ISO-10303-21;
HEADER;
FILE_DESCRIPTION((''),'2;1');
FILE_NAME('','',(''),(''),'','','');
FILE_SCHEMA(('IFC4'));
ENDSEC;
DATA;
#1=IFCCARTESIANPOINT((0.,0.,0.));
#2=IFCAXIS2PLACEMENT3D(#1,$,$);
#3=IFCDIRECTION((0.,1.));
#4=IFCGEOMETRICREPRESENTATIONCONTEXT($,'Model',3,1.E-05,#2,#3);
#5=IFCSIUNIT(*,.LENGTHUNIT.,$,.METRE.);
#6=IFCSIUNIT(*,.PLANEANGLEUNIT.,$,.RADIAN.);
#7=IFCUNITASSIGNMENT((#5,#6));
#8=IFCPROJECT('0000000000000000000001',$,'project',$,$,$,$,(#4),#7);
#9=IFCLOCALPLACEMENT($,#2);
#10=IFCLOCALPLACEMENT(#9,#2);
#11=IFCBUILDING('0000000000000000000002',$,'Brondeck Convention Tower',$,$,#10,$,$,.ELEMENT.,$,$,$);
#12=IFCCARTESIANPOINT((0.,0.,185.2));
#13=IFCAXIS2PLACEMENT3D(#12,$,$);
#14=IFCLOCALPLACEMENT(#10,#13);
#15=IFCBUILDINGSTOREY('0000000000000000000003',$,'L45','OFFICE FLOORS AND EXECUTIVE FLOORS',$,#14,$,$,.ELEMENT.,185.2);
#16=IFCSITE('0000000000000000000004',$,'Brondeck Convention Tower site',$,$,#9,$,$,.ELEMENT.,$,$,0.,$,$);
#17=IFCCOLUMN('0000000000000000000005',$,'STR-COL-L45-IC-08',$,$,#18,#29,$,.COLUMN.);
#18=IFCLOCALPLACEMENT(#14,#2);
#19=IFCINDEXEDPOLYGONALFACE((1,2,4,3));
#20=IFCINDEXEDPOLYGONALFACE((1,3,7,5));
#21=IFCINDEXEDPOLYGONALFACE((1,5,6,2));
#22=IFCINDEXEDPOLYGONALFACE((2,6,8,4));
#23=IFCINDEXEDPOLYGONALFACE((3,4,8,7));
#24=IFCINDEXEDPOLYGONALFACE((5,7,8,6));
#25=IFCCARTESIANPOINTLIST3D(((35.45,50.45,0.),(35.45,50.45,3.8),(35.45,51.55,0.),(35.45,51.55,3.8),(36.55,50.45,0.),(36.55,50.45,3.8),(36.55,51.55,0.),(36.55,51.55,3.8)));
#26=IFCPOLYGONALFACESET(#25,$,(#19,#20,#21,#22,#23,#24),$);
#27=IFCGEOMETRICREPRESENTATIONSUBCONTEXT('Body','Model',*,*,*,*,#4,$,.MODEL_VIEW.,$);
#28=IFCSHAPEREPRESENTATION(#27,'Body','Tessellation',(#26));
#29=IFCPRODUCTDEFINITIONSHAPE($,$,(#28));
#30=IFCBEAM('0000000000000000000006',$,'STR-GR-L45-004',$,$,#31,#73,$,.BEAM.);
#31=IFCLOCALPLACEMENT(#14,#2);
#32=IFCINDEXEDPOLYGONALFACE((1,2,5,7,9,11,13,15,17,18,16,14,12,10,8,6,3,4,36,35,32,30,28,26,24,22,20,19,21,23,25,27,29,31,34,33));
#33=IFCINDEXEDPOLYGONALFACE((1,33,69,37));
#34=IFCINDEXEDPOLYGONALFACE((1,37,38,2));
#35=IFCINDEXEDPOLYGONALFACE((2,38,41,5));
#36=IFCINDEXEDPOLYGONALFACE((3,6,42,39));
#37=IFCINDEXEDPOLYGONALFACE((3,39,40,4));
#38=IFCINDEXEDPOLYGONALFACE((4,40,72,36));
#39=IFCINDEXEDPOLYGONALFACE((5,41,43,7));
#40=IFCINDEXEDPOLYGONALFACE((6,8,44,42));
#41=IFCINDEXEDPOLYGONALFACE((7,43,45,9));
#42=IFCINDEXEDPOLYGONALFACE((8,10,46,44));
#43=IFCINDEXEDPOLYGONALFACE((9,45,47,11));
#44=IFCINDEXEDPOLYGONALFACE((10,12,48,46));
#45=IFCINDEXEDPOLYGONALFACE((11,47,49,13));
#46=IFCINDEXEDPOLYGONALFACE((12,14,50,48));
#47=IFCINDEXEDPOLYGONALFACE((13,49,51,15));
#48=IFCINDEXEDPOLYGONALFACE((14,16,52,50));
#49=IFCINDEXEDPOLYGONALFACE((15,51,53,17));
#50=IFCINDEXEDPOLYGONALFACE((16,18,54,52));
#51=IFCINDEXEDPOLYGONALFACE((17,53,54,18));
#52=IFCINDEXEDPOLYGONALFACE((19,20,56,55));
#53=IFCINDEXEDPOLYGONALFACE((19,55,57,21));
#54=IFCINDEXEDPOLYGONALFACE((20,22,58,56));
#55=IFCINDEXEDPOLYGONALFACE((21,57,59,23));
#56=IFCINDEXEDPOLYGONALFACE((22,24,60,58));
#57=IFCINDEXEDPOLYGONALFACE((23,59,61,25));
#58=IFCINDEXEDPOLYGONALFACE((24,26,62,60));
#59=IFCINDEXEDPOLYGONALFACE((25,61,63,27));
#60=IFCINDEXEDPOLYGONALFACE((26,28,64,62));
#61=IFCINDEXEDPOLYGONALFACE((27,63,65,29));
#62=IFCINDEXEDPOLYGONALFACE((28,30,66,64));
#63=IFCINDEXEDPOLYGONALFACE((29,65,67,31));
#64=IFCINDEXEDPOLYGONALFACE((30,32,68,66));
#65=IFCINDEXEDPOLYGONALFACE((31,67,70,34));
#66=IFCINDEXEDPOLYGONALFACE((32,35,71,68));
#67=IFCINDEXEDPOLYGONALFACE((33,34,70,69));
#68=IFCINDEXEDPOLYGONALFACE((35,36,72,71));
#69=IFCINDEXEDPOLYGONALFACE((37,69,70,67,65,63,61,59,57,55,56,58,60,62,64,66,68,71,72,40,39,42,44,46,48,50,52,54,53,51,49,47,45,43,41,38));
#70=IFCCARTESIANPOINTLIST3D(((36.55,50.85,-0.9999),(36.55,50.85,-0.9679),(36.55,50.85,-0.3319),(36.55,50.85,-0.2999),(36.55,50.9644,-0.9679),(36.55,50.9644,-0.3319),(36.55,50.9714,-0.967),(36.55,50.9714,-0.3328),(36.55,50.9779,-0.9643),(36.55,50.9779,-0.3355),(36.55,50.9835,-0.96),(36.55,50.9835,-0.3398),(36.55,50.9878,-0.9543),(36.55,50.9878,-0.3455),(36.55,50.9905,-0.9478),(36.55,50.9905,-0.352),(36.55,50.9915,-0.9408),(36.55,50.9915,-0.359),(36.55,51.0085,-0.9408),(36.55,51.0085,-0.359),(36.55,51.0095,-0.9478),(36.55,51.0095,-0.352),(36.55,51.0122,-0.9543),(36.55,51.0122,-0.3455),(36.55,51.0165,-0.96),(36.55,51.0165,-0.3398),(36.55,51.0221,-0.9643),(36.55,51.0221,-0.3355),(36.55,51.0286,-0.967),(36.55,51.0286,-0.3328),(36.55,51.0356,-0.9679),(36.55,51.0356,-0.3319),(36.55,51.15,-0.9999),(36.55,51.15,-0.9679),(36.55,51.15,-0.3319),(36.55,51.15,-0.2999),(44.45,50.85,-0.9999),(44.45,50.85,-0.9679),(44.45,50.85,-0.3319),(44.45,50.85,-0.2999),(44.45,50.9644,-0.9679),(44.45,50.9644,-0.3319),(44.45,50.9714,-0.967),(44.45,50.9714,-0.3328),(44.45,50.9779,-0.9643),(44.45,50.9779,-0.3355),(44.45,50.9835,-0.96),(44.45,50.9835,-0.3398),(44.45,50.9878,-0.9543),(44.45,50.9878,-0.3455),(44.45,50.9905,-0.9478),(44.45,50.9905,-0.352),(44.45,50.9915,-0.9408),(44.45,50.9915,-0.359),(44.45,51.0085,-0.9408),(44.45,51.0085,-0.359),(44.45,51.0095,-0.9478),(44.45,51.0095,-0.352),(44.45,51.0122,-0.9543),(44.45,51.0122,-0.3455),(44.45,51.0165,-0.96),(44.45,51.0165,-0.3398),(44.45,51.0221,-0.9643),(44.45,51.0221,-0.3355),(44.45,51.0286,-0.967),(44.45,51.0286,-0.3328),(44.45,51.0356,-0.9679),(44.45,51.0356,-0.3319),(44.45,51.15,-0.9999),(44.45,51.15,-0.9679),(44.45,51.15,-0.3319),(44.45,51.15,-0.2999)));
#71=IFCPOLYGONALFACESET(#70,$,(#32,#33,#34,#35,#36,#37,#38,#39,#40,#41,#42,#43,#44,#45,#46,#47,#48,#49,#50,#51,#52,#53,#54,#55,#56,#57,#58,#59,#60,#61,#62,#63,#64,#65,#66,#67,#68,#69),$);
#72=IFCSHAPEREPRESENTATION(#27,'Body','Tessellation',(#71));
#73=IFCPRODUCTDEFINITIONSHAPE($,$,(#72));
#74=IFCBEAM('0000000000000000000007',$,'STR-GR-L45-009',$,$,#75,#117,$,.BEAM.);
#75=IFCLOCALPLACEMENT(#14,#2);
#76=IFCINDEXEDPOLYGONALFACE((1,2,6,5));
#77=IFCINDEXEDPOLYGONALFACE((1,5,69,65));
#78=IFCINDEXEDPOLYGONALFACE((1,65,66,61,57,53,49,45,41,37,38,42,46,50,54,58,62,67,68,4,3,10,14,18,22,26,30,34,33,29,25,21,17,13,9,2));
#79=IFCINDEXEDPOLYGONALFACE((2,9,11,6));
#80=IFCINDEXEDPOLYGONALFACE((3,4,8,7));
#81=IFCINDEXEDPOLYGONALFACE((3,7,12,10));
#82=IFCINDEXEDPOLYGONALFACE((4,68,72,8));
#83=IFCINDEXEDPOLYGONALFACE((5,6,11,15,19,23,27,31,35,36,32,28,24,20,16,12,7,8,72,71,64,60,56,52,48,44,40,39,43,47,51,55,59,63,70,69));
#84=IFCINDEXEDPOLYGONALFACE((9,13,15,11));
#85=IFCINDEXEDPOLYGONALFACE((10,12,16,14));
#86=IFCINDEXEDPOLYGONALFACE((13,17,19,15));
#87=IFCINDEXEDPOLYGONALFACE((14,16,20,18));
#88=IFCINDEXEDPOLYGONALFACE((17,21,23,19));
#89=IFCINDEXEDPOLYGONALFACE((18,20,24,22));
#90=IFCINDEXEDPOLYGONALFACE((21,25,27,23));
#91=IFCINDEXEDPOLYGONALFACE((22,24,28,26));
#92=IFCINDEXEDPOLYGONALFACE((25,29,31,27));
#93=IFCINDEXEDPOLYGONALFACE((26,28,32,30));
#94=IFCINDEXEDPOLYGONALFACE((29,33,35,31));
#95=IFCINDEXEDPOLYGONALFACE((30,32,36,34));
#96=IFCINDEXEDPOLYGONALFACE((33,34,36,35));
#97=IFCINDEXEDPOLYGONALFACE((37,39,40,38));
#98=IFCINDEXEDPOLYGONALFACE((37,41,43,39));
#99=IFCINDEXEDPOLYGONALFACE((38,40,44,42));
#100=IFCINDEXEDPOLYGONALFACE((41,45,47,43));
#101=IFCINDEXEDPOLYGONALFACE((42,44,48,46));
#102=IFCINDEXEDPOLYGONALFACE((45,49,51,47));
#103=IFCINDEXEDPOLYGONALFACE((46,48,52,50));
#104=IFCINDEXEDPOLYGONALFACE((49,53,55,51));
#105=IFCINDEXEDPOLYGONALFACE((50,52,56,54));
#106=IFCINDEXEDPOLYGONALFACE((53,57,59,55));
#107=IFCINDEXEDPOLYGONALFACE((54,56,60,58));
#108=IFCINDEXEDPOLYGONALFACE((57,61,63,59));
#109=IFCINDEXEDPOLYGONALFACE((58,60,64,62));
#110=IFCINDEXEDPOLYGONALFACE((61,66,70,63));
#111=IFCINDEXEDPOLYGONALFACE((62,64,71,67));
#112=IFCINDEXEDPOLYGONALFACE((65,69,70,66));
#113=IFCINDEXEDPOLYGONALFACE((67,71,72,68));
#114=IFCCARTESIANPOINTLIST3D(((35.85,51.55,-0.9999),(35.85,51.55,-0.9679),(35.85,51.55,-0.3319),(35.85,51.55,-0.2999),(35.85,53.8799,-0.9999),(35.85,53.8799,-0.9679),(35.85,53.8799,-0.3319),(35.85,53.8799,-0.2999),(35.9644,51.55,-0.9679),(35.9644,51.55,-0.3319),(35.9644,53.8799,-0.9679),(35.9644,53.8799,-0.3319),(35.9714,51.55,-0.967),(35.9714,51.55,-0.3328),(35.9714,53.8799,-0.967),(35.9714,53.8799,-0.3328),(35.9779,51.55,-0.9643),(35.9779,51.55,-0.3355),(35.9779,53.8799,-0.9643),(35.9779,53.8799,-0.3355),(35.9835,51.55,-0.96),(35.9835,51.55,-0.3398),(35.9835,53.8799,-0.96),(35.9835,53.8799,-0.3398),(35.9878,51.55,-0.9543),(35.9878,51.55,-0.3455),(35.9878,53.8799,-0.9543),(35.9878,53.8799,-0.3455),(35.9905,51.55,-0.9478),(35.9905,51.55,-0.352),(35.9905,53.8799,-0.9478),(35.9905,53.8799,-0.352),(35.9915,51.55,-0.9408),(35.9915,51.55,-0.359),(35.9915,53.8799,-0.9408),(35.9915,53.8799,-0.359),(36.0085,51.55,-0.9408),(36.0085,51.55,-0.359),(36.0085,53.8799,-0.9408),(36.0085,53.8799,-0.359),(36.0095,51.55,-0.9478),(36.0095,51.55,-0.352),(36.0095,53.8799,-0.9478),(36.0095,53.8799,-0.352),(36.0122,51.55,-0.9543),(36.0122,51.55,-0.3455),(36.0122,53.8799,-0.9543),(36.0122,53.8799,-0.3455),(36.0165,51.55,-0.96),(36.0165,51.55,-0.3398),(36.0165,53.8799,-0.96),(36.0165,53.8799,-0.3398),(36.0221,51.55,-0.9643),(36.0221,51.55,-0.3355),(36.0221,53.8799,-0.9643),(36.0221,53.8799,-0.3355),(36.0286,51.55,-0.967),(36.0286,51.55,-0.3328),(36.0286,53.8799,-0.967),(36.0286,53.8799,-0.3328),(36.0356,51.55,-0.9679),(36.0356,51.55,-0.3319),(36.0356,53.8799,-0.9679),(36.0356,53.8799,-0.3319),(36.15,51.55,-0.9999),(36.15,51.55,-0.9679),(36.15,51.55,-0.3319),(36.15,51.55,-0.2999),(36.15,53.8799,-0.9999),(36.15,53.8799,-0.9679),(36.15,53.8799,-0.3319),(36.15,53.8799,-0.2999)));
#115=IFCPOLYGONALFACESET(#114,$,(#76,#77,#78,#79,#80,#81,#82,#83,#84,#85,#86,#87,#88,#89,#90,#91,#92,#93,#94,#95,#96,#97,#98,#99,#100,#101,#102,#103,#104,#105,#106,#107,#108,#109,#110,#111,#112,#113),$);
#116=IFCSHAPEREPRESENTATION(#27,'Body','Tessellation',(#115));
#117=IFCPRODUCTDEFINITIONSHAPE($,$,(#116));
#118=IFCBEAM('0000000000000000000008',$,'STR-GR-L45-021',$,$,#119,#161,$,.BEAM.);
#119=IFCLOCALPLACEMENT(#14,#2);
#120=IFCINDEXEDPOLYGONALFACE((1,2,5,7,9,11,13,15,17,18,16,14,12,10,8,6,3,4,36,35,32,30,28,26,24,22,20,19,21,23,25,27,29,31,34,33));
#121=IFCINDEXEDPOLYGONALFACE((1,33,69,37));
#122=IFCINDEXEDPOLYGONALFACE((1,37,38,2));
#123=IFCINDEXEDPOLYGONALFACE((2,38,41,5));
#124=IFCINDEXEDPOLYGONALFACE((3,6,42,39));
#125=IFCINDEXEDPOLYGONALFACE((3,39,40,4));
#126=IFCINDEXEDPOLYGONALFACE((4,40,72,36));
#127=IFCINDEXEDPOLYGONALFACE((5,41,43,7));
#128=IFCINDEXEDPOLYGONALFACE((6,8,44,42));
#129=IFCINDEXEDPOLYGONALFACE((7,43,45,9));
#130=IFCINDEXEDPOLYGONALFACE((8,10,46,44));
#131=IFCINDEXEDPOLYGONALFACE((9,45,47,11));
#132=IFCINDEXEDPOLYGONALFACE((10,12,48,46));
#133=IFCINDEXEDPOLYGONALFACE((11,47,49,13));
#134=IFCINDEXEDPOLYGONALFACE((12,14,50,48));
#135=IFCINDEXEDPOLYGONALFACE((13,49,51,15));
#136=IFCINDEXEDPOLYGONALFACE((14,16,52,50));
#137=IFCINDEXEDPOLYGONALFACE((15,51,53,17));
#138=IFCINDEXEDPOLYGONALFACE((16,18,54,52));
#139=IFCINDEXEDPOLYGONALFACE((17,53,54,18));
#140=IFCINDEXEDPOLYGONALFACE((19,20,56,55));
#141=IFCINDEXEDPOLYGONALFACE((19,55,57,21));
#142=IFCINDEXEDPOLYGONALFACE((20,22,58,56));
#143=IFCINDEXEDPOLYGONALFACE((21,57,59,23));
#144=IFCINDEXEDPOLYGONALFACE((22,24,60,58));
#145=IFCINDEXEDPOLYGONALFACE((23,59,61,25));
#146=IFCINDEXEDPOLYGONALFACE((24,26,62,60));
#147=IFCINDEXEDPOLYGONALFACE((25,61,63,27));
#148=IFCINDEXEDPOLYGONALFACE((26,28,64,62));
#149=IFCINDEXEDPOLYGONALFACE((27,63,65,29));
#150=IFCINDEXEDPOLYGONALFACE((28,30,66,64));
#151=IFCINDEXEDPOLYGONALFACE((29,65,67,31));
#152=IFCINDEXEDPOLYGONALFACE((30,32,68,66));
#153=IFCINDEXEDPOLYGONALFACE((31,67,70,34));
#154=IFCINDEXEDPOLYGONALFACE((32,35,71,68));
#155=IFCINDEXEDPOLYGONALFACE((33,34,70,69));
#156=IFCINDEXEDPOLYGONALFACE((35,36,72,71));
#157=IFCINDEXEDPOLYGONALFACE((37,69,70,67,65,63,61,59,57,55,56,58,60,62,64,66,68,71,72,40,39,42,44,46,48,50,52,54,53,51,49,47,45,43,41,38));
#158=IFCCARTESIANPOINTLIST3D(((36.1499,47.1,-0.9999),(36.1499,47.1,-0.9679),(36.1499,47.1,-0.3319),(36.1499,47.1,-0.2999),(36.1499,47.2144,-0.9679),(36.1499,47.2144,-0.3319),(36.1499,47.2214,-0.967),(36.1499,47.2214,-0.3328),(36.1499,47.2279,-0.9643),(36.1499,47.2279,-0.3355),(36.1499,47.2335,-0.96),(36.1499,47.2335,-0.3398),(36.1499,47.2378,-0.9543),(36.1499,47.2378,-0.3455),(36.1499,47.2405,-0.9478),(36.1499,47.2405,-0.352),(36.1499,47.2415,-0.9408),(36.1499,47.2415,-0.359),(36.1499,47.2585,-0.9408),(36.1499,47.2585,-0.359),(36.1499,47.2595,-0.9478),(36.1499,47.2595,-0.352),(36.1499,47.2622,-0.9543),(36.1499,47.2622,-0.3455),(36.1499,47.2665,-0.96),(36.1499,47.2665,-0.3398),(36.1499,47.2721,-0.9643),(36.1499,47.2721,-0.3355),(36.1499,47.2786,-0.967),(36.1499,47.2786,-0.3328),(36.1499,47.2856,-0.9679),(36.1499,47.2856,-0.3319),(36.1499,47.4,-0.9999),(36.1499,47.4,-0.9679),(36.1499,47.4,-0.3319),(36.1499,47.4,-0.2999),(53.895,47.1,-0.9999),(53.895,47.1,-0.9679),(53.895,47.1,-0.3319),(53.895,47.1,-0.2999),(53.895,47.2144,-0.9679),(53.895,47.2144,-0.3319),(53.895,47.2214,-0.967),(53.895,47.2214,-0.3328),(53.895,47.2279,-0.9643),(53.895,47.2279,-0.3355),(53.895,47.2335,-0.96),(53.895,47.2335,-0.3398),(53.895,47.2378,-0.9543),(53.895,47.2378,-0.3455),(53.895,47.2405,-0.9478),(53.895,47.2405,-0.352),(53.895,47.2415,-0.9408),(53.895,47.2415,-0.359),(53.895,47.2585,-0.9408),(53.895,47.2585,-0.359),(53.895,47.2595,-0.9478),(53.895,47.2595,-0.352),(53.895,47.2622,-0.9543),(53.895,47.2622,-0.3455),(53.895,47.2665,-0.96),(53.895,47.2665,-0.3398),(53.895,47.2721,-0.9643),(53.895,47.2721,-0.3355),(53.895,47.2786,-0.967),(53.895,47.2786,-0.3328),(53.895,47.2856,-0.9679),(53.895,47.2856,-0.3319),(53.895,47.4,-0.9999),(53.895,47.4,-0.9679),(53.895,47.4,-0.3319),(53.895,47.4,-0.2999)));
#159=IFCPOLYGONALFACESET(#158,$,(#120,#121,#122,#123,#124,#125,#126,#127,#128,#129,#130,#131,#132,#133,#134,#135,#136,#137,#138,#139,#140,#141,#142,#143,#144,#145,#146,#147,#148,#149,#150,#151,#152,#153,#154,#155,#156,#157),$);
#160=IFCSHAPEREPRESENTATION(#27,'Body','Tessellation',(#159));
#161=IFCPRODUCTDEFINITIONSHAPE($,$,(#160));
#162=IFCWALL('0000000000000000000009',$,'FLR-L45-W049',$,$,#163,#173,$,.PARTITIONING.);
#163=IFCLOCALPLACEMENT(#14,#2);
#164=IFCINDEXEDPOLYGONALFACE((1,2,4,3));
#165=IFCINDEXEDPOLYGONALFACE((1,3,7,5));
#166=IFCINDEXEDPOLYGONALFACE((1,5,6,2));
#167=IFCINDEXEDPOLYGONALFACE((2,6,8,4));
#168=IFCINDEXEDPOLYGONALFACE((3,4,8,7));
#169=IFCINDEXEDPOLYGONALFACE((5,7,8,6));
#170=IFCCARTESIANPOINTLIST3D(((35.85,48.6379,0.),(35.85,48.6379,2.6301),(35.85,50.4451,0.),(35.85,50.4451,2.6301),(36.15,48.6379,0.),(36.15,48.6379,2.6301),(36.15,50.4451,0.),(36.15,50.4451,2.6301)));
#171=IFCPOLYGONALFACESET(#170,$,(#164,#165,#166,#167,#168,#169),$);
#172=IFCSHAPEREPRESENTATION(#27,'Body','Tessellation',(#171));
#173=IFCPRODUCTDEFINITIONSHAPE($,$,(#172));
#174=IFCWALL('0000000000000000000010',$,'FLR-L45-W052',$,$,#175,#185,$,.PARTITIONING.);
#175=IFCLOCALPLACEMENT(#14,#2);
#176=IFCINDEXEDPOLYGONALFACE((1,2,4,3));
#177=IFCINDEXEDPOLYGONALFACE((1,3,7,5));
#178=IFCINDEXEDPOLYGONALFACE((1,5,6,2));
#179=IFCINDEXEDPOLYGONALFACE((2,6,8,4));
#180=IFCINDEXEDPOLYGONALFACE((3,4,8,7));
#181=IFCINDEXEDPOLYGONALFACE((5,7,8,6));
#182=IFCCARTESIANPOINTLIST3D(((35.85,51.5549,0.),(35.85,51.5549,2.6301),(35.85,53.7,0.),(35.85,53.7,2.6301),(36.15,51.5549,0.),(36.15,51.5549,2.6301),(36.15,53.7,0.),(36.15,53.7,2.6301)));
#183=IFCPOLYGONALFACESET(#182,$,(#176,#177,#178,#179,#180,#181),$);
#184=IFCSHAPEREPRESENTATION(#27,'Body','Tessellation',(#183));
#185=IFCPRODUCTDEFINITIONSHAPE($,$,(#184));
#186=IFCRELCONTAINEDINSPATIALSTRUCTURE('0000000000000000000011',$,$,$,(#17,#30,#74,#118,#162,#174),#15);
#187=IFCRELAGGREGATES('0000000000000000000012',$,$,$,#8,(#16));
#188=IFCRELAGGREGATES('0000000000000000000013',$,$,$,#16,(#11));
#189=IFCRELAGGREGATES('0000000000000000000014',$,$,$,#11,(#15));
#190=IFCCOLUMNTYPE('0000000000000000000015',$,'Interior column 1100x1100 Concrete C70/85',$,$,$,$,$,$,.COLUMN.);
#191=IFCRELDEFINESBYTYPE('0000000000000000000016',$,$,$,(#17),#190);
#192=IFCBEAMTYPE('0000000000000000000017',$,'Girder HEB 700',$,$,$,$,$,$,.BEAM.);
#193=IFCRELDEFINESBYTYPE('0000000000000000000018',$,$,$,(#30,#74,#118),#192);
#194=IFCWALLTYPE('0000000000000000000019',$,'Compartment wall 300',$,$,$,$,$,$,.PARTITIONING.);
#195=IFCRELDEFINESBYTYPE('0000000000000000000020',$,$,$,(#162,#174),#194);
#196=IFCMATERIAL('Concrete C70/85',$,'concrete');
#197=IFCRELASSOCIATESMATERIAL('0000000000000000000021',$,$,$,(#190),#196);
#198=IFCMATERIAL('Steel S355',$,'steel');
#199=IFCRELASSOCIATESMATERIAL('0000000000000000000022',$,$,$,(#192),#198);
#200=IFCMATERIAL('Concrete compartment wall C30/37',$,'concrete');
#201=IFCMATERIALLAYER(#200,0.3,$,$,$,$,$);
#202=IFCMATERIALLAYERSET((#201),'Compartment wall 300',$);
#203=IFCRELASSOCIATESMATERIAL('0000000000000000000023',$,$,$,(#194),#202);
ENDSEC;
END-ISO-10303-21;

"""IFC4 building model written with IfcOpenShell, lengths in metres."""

from ifc_helpers import new_model, si_unit, direction, frame, frame_2d, origin, origin_2d, place, context, subcontext, project, spatial, rectangle, i_section, extrude, material, layer, layer_set, material_profile, profile_set, type_object, element, save


model = new_model("IFC4")

# Units and contexts
model_context = context("Model", 3, precision=1e-05, world=origin(), true_north=direction((0.0, 1.0)))
body_context = subcontext(model_context, "Body", "Model", "MODEL_VIEW")
ifc_project = project(units=[si_unit("LENGTHUNIT", "METRE"), si_unit("PLANEANGLEUNIT", "RADIAN")], contexts=[model_context])

# Site, building, storey
site_placement = place(None, origin())
site = spatial("IfcSite", under=ifc_project, at=site_placement, Name="Brondeck Convention Tower site", CompositionType="ELEMENT", RefElevation=0.0)
building_placement = place(site_placement, origin())
building = spatial("IfcBuilding", under=site, at=building_placement, Name="Brondeck Convention Tower", CompositionType="ELEMENT")
storey_placement = place(building_placement, frame((0.0, 0.0, 185.2)))
storey = spatial("IfcBuildingStorey", under=building, at=storey_placement, Name="L45", Description="OFFICE FLOORS AND EXECUTIVE FLOORS", CompositionType="ELEMENT", Elevation=185.2)

# Column
ifc_material_1 = material(Name="Concrete C70/85", Category="concrete")
ifc_material_profile_1 = material_profile(ifc_material_1, rectangle(XDim=1.1001, YDim=1.1001, at=origin_2d()), Name="Interior column 1100x1100 Concrete C70/85")
ifc_profile_set_1 = profile_set([ifc_material_profile_1], Name="Concrete C70/85")
column_type = type_object("IfcColumnType", Name="Interior column 1100x1100 Concrete C70/85", PredefinedType="COLUMN", material=ifc_profile_set_1)
column_placement = place(storey_placement, frame((36.0, 51.0, 0.0), z_axis=(0.0, 0.0, 1.0), x_axis=(1.0, 0.0, 0.0)))
element("IfcColumn", 1, at=column_placement, inside=storey, type_object=column_type, Name="STR-COL-L45-IC-08", PredefinedType="COLUMN", context=body_context, shape_type="SweptSolid", body=[
    extrude(rectangle(XDim=1.1001, YDim=1.1001, at=origin_2d()), origin(), (0.0, 0.0, 1.0), 3.8),
])

# Beams
ifc_material_2 = material(Name="Steel S355", Category="steel")
ifc_material_profile_2 = material_profile(ifc_material_2, i_section(OverallWidth=0.3, OverallDepth=0.7, WebThickness=0.0171, FlangeThickness=0.032, FilletRadius=0.0271, at=origin_2d()), Name="HEB 700")
ifc_profile_set_2 = profile_set([ifc_material_profile_2], Name="Steel S355")
beam_type = type_object("IfcBeamType", Name="Girder HEB 700", PredefinedType="BEAM", material=ifc_profile_set_2)
beam_1_placement = place(storey_placement, frame((36.55, 51.0, -0.6499), z_axis=(1.0, 0.0, 0.0), x_axis=(0.0, 1.0, 0.0)))
element("IfcBeam", 2, at=beam_1_placement, inside=storey, type_object=beam_type, Name="STR-GR-L45-004", PredefinedType="BEAM", context=body_context, shape_type="SweptSolid", body=[
    extrude(i_section(OverallWidth=0.3, OverallDepth=0.7, WebThickness=0.0171, FlangeThickness=0.032, FilletRadius=0.0271, at=origin_2d()), origin(), (0.0, 0.0, 1.0), 7.8999),
])
beam_2_placement = place(storey_placement, frame((36.0, 51.55, -0.6499), z_axis=(0.0, 1.0, 0.0), x_axis=(-1.0, 0.0, 0.0)))
element("IfcBeam", 3, at=beam_2_placement, inside=storey, type_object=beam_type, Name="STR-GR-L45-009", PredefinedType="BEAM", context=body_context, shape_type="SweptSolid", body=[
    extrude(i_section(OverallWidth=0.3, OverallDepth=0.7, WebThickness=0.0171, FlangeThickness=0.032, FilletRadius=0.0271, at=origin_2d()), origin(), (0.0, 0.0, 1.0), 2.3298),
])
beam_3_placement = place(storey_placement, frame((36.1499, 47.25, -0.6499), z_axis=(1.0, 0.0, 0.0), x_axis=(0.0, 1.0, 0.0)))
element("IfcBeam", 4, at=beam_3_placement, inside=storey, type_object=beam_type, Name="STR-GR-L45-021", PredefinedType="BEAM", context=body_context, shape_type="SweptSolid", body=[
    extrude(i_section(OverallWidth=0.3, OverallDepth=0.7, WebThickness=0.0171, FlangeThickness=0.032, FilletRadius=0.0271, at=origin_2d()), origin(), (0.0, 0.0, 1.0), 17.7451),
])

# Walls
ifc_material_3 = material(Name="Concrete compartment wall C30/37", Category="concrete")
ifc_layer_1 = layer(ifc_material_3, 0.3)
ifc_layer_set_1 = layer_set([ifc_layer_1], Name="Compartment wall 300")
wall_type_1 = type_object("IfcWallType", Name="Compartment wall 300", PredefinedType="PARTITIONING", material=ifc_layer_set_1)
wall_1_placement = place(storey_placement, frame((36.0, 48.6379, 0.0), z_axis=(0.0, 0.0, 1.0), x_axis=(0.0, 1.0, 0.0)))
element("IfcWall", 5, at=wall_1_placement, inside=storey, type_object=wall_type_1, Name="FLR-L45-W049", PredefinedType="PARTITIONING", context=body_context, shape_type="SweptSolid", body=[
    extrude(rectangle(XDim=1.8071, YDim=0.3, at=frame_2d((0.9036, 0.0))), origin(), (0.0, 0.0, 1.0), 2.6301),
])
wall_2_placement = place(storey_placement, frame((36.0, 51.5549, 0.0), z_axis=(0.0, 0.0, 1.0), x_axis=(0.0, 1.0, 0.0)))
element("IfcWall", 6, at=wall_2_placement, inside=storey, type_object=wall_type_1, Name="FLR-L45-W052", PredefinedType="PARTITIONING", context=body_context, shape_type="SweptSolid", body=[
    extrude(rectangle(XDim=2.145, YDim=0.3, at=frame_2d((1.0725, 0.0))), origin(), (0.0, 0.0, 1.0), 2.6301),
])

save(model, "model.ifc")
